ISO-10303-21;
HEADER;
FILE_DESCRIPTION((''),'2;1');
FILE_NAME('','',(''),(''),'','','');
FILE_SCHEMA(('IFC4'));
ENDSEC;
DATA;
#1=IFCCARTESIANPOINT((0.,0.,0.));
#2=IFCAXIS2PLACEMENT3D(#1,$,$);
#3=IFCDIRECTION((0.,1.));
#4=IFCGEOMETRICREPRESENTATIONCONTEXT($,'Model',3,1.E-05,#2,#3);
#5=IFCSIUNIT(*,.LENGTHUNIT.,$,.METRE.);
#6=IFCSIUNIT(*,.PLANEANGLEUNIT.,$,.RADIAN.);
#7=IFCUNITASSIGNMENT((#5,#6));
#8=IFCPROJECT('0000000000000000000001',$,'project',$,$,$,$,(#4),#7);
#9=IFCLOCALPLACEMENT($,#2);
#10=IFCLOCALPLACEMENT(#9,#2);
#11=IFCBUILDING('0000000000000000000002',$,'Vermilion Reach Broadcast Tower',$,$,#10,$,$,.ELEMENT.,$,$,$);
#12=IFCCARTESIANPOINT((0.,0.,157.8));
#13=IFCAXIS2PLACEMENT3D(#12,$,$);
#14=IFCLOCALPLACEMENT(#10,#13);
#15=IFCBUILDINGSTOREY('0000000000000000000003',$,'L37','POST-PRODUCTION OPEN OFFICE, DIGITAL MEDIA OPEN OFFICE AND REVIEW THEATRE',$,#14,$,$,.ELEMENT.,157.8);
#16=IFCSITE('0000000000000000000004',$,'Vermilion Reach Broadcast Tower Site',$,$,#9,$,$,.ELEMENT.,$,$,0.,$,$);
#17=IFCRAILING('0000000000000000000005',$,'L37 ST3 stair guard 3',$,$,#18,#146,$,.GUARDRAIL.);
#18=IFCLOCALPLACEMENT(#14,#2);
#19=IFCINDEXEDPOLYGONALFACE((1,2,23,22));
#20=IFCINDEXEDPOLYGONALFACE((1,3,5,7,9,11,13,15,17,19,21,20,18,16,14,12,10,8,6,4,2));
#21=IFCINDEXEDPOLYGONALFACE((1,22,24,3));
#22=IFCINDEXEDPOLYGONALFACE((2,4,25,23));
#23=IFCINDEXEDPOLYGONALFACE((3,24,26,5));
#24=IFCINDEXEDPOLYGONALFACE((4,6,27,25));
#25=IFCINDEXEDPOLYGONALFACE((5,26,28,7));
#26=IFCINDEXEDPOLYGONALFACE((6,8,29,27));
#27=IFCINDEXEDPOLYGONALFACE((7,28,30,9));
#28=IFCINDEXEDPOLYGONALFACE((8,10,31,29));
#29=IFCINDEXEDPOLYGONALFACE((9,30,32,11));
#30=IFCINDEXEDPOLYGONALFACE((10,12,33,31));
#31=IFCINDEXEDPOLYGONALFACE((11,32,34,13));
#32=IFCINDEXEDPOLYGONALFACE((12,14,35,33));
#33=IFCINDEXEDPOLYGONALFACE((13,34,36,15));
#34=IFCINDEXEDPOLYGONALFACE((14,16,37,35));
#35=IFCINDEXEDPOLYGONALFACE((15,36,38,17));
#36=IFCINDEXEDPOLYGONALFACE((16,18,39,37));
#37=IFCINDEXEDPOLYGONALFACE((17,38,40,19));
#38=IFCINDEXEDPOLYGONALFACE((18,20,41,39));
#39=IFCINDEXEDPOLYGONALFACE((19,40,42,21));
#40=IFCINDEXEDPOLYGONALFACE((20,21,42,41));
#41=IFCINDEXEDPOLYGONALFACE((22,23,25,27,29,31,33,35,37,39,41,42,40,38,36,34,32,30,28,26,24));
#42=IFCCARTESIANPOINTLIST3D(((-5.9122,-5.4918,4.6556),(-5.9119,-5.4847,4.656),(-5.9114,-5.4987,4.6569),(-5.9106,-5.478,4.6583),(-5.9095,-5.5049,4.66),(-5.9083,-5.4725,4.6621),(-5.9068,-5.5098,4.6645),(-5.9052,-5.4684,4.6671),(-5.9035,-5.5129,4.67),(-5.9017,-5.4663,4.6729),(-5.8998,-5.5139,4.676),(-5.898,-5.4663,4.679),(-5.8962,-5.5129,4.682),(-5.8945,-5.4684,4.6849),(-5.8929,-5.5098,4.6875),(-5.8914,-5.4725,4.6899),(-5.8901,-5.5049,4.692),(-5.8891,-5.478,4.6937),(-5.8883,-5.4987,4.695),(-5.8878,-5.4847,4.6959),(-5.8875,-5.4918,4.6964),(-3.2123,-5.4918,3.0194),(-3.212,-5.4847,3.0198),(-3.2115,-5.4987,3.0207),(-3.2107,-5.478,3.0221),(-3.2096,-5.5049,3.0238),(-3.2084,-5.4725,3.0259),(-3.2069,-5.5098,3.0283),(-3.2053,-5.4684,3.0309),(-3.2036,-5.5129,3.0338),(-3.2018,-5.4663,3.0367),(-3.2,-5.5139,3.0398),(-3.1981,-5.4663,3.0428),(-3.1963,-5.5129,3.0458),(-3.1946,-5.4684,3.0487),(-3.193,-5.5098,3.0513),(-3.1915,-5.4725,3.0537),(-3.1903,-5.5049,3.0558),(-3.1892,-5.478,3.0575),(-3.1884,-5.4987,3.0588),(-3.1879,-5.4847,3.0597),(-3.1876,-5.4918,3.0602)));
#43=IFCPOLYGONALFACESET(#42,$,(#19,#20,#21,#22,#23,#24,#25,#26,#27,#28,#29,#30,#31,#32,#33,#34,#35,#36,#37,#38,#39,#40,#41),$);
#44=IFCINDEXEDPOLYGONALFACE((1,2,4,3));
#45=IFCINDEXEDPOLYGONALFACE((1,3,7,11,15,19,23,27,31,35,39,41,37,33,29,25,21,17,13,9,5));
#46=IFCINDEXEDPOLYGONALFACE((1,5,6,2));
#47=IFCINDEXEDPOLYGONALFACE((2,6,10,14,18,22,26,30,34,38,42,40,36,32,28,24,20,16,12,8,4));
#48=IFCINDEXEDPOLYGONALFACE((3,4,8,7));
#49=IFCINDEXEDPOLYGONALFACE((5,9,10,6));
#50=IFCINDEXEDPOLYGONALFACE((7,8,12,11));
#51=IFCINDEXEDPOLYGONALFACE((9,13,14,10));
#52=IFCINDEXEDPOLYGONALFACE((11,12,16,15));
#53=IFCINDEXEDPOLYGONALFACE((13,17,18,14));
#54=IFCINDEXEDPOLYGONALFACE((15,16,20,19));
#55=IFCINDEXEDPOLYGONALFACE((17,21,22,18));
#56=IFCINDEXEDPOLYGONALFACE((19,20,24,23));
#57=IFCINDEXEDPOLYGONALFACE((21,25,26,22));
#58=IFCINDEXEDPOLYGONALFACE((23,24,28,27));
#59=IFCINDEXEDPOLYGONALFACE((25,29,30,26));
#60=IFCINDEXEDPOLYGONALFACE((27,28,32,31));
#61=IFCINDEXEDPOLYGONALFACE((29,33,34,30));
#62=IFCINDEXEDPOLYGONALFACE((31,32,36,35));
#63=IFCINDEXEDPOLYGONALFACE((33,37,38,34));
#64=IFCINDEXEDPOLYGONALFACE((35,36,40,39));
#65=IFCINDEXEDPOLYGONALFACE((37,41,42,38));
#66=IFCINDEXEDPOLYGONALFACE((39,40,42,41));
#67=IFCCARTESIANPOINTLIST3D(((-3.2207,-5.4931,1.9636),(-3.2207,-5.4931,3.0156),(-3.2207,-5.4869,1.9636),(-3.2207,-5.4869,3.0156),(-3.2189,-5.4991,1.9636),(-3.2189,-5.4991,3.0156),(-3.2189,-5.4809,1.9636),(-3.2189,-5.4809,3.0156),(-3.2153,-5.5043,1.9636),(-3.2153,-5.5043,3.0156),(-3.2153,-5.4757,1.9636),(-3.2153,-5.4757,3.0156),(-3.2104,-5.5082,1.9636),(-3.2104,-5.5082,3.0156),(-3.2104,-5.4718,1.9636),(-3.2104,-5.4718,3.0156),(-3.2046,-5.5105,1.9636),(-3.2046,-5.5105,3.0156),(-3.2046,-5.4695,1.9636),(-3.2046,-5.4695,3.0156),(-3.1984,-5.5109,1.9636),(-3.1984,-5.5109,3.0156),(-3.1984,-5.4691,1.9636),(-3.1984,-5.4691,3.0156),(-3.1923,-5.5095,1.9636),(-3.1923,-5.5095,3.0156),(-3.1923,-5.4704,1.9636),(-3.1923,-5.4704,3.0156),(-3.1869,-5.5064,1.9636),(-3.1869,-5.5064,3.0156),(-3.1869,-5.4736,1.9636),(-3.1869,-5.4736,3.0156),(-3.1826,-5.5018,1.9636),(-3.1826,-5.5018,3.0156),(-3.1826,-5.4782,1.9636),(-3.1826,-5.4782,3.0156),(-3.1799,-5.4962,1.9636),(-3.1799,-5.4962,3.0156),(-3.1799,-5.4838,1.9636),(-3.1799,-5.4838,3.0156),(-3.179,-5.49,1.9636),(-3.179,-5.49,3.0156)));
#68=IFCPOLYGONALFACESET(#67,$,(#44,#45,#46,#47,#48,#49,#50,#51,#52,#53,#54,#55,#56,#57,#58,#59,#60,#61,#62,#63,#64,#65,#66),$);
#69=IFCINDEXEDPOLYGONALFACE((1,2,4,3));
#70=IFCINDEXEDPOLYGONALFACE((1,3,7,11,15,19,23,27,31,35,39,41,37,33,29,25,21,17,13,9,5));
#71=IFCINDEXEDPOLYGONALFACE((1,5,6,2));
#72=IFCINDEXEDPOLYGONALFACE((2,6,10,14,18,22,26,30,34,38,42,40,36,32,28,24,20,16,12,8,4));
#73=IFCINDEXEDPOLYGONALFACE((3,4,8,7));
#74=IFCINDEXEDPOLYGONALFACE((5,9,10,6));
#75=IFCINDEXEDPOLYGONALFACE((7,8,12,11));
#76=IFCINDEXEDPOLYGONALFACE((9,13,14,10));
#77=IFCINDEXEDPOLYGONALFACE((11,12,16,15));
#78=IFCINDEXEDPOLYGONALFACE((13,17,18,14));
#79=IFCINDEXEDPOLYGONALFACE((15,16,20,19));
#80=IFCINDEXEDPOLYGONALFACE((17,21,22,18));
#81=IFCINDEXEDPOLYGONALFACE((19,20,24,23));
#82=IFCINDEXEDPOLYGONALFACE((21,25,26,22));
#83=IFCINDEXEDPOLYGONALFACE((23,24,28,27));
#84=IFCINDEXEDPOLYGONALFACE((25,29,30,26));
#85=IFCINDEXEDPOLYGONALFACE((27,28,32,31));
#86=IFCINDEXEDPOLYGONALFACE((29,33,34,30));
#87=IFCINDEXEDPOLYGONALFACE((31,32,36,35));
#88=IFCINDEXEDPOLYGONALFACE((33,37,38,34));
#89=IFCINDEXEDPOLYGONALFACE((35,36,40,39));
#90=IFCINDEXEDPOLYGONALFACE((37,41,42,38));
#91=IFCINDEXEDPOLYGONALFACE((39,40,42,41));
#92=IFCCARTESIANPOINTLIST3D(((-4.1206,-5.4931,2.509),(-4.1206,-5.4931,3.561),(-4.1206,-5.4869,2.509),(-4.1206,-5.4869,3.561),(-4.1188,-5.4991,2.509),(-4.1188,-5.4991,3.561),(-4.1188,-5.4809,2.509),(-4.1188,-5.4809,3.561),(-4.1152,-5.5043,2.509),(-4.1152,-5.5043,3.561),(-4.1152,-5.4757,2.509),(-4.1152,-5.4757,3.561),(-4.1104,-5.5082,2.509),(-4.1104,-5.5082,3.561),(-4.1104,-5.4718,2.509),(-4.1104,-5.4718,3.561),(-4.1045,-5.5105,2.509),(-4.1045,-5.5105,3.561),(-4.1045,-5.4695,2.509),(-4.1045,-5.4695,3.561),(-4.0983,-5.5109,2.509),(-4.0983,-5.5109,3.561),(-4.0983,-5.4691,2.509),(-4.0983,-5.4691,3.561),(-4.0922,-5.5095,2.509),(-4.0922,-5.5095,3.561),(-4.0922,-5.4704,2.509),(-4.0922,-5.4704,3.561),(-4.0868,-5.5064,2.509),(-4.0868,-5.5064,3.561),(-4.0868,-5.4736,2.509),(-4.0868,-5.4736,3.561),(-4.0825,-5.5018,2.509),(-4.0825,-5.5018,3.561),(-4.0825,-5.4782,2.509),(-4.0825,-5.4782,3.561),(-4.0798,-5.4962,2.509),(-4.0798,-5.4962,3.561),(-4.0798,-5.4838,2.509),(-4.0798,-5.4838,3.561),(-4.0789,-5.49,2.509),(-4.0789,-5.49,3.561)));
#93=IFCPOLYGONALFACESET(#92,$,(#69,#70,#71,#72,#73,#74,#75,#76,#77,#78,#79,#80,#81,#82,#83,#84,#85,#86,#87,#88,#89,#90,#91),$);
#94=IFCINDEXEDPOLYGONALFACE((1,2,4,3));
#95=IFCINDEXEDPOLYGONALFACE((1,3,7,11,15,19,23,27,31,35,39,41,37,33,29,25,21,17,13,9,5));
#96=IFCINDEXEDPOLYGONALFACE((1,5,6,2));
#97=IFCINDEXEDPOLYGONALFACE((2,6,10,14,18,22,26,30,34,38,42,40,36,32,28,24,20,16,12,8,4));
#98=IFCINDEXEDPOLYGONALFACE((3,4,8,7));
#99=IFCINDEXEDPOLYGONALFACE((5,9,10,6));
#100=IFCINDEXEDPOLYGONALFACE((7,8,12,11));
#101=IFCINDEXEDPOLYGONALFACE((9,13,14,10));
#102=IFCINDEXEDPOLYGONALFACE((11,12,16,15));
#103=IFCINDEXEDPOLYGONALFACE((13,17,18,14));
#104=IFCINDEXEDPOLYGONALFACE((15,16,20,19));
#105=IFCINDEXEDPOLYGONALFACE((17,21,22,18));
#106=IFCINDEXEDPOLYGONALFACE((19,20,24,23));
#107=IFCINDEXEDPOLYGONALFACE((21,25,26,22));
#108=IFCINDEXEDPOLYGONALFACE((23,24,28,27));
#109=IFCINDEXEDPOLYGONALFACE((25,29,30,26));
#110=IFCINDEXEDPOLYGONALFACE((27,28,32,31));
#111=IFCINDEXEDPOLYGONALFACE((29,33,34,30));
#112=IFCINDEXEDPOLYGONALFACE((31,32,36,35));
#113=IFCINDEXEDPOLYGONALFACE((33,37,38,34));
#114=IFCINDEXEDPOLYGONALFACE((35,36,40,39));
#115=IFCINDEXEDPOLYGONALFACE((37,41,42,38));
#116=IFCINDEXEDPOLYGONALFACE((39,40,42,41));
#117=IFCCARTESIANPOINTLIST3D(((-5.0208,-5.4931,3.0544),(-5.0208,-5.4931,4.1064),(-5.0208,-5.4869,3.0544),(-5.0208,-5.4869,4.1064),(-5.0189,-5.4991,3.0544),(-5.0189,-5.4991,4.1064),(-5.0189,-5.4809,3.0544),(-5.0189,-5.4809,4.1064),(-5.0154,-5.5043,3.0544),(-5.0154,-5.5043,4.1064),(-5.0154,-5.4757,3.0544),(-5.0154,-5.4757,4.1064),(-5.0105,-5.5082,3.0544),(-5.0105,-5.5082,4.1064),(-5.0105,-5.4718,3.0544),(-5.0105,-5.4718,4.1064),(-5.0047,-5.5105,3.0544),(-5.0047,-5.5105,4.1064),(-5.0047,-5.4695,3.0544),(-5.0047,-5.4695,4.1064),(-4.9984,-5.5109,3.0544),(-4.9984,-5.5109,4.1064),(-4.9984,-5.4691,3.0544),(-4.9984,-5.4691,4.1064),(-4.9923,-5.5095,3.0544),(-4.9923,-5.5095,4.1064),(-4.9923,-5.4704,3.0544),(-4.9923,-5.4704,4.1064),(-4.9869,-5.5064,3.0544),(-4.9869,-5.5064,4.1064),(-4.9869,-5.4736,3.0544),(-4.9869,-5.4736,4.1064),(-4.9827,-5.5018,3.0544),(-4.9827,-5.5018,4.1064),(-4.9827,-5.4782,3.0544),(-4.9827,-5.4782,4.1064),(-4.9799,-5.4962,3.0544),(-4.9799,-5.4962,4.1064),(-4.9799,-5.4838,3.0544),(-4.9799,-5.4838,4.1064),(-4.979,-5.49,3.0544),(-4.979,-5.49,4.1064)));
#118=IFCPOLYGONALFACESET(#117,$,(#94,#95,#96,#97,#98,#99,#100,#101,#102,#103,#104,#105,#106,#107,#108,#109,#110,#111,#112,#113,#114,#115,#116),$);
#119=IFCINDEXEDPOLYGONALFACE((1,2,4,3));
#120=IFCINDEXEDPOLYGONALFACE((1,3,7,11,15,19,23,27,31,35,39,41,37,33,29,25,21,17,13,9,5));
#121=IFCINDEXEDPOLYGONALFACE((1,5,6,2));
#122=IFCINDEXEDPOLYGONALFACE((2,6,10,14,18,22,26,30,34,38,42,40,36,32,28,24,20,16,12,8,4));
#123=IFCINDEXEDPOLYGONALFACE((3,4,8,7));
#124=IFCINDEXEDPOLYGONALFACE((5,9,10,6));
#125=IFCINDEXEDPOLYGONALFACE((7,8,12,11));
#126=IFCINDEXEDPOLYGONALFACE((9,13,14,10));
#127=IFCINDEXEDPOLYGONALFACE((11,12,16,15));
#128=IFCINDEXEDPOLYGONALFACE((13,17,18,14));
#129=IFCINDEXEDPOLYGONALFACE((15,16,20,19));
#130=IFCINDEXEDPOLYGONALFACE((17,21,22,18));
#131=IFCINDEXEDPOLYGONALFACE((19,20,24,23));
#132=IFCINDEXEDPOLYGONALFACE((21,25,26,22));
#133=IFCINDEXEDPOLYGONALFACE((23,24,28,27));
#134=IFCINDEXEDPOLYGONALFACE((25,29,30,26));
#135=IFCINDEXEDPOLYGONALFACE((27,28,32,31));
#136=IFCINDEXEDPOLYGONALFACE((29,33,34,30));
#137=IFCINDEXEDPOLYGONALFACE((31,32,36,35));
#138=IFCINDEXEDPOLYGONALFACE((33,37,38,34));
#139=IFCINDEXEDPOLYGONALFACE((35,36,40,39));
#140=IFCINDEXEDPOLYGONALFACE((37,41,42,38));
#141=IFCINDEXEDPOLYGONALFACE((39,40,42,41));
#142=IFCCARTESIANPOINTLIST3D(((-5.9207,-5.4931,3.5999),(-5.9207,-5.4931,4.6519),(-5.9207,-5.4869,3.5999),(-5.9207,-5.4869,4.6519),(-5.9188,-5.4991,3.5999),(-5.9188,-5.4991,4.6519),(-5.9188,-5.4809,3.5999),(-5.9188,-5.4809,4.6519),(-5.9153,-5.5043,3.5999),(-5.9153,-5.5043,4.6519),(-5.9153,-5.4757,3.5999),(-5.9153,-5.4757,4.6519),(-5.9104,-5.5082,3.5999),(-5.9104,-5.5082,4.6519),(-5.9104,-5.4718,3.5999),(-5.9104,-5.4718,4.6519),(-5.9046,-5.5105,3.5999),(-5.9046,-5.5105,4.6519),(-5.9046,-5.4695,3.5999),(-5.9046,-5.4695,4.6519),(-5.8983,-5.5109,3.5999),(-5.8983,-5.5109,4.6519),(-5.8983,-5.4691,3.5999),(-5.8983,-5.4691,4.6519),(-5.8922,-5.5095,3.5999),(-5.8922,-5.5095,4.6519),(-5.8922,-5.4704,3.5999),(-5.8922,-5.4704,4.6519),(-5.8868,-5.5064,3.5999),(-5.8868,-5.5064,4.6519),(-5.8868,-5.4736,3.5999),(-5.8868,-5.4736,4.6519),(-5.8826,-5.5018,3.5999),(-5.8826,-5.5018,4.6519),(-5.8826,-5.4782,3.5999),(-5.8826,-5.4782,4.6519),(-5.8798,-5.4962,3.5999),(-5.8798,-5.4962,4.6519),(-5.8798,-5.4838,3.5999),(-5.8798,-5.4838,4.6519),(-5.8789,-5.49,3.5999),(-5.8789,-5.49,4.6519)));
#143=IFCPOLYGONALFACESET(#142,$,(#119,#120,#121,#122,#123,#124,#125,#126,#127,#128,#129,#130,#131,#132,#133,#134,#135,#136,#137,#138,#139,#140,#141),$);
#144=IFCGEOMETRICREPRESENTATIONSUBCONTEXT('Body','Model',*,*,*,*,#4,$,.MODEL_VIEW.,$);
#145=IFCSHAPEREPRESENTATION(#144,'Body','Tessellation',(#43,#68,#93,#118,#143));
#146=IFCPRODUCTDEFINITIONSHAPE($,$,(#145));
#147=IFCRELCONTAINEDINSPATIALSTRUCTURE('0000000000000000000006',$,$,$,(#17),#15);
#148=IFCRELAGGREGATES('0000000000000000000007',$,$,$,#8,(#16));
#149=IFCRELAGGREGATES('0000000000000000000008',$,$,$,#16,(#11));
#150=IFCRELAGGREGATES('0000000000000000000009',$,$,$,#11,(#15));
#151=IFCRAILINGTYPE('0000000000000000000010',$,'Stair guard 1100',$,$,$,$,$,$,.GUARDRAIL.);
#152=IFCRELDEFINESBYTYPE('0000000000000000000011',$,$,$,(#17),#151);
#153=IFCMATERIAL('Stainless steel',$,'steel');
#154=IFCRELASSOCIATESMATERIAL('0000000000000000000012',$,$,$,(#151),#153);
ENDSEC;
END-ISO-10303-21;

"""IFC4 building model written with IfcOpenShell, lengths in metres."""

from ifc_helpers import new_model, si_unit, direction, frame, origin, origin_2d, place, context, subcontext, project, spatial, circle, extrude, material, type_object, element, save


model = new_model("IFC4")

# Units and contexts
model_context = context("Model", 3, precision=1e-05, world=origin(), true_north=direction((0.0, 1.0)))
body_context = subcontext(model_context, "Body", "Model", "MODEL_VIEW")
ifc_project = project(units=[si_unit("LENGTHUNIT", "METRE"), si_unit("PLANEANGLEUNIT", "RADIAN")], contexts=[model_context])

# Site, building, storey
site_placement = place(None, origin())
site = spatial("IfcSite", under=ifc_project, at=site_placement, Name="Vermilion Reach Broadcast Tower Site", CompositionType="ELEMENT", RefElevation=0.0)
building_placement = place(site_placement, origin())
building = spatial("IfcBuilding", under=site, at=building_placement, Name="Vermilion Reach Broadcast Tower", CompositionType="ELEMENT")
storey_placement = place(building_placement, frame((0.0, 0.0, 157.8)))
storey = spatial("IfcBuildingStorey", under=building, at=storey_placement, Name="L37", Description="POST-PRODUCTION OPEN OFFICE, DIGITAL MEDIA OPEN OFFICE AND REVIEW THEATRE", CompositionType="ELEMENT", Elevation=157.8)

# Railing
ifc_material_1 = material(Name="Stainless steel", Category="steel")
railing_type_1 = type_object("IfcRailingType", Name="Stair guard 1100", PredefinedType="GUARDRAIL", material=ifc_material_1)
railing_1_placement = place(storey_placement, frame((-3.2, -5.49, 1.9636)))
element("IfcRailing", 1, at=railing_1_placement, inside=storey, type_object=railing_type_1, Name="L37 ST3 stair guard 3", PredefinedType="GUARDRAIL", context=body_context, shape_type="SweptSolid", body=[
    extrude(circle(Radius=0.0239, at=origin_2d()), frame((0.0, 0.0, 1.0762), z_axis=(-0.855212, 0.0, 0.518278), x_axis=(0.0, -1.0, 0.0)), (0.0, 0.0, 1.0), 3.157),
    extrude(circle(Radius=0.021, at=origin_2d()), origin(), (0.0, 0.0, 1.0), 1.052),
    extrude(circle(Radius=0.021, at=origin_2d()), frame((-0.8999, 0.0, 0.5454)), (0.0, 0.0, 1.0), 1.052),
    extrude(circle(Radius=0.021, at=origin_2d()), frame((-1.8, 0.0, 1.0908)), (0.0, 0.0, 1.0), 1.052),
    extrude(circle(Radius=0.021, at=origin_2d()), frame((-2.7, 0.0, 1.6362)), (0.0, 0.0, 1.0), 1.052),
])

save(model, "model.ifc")
